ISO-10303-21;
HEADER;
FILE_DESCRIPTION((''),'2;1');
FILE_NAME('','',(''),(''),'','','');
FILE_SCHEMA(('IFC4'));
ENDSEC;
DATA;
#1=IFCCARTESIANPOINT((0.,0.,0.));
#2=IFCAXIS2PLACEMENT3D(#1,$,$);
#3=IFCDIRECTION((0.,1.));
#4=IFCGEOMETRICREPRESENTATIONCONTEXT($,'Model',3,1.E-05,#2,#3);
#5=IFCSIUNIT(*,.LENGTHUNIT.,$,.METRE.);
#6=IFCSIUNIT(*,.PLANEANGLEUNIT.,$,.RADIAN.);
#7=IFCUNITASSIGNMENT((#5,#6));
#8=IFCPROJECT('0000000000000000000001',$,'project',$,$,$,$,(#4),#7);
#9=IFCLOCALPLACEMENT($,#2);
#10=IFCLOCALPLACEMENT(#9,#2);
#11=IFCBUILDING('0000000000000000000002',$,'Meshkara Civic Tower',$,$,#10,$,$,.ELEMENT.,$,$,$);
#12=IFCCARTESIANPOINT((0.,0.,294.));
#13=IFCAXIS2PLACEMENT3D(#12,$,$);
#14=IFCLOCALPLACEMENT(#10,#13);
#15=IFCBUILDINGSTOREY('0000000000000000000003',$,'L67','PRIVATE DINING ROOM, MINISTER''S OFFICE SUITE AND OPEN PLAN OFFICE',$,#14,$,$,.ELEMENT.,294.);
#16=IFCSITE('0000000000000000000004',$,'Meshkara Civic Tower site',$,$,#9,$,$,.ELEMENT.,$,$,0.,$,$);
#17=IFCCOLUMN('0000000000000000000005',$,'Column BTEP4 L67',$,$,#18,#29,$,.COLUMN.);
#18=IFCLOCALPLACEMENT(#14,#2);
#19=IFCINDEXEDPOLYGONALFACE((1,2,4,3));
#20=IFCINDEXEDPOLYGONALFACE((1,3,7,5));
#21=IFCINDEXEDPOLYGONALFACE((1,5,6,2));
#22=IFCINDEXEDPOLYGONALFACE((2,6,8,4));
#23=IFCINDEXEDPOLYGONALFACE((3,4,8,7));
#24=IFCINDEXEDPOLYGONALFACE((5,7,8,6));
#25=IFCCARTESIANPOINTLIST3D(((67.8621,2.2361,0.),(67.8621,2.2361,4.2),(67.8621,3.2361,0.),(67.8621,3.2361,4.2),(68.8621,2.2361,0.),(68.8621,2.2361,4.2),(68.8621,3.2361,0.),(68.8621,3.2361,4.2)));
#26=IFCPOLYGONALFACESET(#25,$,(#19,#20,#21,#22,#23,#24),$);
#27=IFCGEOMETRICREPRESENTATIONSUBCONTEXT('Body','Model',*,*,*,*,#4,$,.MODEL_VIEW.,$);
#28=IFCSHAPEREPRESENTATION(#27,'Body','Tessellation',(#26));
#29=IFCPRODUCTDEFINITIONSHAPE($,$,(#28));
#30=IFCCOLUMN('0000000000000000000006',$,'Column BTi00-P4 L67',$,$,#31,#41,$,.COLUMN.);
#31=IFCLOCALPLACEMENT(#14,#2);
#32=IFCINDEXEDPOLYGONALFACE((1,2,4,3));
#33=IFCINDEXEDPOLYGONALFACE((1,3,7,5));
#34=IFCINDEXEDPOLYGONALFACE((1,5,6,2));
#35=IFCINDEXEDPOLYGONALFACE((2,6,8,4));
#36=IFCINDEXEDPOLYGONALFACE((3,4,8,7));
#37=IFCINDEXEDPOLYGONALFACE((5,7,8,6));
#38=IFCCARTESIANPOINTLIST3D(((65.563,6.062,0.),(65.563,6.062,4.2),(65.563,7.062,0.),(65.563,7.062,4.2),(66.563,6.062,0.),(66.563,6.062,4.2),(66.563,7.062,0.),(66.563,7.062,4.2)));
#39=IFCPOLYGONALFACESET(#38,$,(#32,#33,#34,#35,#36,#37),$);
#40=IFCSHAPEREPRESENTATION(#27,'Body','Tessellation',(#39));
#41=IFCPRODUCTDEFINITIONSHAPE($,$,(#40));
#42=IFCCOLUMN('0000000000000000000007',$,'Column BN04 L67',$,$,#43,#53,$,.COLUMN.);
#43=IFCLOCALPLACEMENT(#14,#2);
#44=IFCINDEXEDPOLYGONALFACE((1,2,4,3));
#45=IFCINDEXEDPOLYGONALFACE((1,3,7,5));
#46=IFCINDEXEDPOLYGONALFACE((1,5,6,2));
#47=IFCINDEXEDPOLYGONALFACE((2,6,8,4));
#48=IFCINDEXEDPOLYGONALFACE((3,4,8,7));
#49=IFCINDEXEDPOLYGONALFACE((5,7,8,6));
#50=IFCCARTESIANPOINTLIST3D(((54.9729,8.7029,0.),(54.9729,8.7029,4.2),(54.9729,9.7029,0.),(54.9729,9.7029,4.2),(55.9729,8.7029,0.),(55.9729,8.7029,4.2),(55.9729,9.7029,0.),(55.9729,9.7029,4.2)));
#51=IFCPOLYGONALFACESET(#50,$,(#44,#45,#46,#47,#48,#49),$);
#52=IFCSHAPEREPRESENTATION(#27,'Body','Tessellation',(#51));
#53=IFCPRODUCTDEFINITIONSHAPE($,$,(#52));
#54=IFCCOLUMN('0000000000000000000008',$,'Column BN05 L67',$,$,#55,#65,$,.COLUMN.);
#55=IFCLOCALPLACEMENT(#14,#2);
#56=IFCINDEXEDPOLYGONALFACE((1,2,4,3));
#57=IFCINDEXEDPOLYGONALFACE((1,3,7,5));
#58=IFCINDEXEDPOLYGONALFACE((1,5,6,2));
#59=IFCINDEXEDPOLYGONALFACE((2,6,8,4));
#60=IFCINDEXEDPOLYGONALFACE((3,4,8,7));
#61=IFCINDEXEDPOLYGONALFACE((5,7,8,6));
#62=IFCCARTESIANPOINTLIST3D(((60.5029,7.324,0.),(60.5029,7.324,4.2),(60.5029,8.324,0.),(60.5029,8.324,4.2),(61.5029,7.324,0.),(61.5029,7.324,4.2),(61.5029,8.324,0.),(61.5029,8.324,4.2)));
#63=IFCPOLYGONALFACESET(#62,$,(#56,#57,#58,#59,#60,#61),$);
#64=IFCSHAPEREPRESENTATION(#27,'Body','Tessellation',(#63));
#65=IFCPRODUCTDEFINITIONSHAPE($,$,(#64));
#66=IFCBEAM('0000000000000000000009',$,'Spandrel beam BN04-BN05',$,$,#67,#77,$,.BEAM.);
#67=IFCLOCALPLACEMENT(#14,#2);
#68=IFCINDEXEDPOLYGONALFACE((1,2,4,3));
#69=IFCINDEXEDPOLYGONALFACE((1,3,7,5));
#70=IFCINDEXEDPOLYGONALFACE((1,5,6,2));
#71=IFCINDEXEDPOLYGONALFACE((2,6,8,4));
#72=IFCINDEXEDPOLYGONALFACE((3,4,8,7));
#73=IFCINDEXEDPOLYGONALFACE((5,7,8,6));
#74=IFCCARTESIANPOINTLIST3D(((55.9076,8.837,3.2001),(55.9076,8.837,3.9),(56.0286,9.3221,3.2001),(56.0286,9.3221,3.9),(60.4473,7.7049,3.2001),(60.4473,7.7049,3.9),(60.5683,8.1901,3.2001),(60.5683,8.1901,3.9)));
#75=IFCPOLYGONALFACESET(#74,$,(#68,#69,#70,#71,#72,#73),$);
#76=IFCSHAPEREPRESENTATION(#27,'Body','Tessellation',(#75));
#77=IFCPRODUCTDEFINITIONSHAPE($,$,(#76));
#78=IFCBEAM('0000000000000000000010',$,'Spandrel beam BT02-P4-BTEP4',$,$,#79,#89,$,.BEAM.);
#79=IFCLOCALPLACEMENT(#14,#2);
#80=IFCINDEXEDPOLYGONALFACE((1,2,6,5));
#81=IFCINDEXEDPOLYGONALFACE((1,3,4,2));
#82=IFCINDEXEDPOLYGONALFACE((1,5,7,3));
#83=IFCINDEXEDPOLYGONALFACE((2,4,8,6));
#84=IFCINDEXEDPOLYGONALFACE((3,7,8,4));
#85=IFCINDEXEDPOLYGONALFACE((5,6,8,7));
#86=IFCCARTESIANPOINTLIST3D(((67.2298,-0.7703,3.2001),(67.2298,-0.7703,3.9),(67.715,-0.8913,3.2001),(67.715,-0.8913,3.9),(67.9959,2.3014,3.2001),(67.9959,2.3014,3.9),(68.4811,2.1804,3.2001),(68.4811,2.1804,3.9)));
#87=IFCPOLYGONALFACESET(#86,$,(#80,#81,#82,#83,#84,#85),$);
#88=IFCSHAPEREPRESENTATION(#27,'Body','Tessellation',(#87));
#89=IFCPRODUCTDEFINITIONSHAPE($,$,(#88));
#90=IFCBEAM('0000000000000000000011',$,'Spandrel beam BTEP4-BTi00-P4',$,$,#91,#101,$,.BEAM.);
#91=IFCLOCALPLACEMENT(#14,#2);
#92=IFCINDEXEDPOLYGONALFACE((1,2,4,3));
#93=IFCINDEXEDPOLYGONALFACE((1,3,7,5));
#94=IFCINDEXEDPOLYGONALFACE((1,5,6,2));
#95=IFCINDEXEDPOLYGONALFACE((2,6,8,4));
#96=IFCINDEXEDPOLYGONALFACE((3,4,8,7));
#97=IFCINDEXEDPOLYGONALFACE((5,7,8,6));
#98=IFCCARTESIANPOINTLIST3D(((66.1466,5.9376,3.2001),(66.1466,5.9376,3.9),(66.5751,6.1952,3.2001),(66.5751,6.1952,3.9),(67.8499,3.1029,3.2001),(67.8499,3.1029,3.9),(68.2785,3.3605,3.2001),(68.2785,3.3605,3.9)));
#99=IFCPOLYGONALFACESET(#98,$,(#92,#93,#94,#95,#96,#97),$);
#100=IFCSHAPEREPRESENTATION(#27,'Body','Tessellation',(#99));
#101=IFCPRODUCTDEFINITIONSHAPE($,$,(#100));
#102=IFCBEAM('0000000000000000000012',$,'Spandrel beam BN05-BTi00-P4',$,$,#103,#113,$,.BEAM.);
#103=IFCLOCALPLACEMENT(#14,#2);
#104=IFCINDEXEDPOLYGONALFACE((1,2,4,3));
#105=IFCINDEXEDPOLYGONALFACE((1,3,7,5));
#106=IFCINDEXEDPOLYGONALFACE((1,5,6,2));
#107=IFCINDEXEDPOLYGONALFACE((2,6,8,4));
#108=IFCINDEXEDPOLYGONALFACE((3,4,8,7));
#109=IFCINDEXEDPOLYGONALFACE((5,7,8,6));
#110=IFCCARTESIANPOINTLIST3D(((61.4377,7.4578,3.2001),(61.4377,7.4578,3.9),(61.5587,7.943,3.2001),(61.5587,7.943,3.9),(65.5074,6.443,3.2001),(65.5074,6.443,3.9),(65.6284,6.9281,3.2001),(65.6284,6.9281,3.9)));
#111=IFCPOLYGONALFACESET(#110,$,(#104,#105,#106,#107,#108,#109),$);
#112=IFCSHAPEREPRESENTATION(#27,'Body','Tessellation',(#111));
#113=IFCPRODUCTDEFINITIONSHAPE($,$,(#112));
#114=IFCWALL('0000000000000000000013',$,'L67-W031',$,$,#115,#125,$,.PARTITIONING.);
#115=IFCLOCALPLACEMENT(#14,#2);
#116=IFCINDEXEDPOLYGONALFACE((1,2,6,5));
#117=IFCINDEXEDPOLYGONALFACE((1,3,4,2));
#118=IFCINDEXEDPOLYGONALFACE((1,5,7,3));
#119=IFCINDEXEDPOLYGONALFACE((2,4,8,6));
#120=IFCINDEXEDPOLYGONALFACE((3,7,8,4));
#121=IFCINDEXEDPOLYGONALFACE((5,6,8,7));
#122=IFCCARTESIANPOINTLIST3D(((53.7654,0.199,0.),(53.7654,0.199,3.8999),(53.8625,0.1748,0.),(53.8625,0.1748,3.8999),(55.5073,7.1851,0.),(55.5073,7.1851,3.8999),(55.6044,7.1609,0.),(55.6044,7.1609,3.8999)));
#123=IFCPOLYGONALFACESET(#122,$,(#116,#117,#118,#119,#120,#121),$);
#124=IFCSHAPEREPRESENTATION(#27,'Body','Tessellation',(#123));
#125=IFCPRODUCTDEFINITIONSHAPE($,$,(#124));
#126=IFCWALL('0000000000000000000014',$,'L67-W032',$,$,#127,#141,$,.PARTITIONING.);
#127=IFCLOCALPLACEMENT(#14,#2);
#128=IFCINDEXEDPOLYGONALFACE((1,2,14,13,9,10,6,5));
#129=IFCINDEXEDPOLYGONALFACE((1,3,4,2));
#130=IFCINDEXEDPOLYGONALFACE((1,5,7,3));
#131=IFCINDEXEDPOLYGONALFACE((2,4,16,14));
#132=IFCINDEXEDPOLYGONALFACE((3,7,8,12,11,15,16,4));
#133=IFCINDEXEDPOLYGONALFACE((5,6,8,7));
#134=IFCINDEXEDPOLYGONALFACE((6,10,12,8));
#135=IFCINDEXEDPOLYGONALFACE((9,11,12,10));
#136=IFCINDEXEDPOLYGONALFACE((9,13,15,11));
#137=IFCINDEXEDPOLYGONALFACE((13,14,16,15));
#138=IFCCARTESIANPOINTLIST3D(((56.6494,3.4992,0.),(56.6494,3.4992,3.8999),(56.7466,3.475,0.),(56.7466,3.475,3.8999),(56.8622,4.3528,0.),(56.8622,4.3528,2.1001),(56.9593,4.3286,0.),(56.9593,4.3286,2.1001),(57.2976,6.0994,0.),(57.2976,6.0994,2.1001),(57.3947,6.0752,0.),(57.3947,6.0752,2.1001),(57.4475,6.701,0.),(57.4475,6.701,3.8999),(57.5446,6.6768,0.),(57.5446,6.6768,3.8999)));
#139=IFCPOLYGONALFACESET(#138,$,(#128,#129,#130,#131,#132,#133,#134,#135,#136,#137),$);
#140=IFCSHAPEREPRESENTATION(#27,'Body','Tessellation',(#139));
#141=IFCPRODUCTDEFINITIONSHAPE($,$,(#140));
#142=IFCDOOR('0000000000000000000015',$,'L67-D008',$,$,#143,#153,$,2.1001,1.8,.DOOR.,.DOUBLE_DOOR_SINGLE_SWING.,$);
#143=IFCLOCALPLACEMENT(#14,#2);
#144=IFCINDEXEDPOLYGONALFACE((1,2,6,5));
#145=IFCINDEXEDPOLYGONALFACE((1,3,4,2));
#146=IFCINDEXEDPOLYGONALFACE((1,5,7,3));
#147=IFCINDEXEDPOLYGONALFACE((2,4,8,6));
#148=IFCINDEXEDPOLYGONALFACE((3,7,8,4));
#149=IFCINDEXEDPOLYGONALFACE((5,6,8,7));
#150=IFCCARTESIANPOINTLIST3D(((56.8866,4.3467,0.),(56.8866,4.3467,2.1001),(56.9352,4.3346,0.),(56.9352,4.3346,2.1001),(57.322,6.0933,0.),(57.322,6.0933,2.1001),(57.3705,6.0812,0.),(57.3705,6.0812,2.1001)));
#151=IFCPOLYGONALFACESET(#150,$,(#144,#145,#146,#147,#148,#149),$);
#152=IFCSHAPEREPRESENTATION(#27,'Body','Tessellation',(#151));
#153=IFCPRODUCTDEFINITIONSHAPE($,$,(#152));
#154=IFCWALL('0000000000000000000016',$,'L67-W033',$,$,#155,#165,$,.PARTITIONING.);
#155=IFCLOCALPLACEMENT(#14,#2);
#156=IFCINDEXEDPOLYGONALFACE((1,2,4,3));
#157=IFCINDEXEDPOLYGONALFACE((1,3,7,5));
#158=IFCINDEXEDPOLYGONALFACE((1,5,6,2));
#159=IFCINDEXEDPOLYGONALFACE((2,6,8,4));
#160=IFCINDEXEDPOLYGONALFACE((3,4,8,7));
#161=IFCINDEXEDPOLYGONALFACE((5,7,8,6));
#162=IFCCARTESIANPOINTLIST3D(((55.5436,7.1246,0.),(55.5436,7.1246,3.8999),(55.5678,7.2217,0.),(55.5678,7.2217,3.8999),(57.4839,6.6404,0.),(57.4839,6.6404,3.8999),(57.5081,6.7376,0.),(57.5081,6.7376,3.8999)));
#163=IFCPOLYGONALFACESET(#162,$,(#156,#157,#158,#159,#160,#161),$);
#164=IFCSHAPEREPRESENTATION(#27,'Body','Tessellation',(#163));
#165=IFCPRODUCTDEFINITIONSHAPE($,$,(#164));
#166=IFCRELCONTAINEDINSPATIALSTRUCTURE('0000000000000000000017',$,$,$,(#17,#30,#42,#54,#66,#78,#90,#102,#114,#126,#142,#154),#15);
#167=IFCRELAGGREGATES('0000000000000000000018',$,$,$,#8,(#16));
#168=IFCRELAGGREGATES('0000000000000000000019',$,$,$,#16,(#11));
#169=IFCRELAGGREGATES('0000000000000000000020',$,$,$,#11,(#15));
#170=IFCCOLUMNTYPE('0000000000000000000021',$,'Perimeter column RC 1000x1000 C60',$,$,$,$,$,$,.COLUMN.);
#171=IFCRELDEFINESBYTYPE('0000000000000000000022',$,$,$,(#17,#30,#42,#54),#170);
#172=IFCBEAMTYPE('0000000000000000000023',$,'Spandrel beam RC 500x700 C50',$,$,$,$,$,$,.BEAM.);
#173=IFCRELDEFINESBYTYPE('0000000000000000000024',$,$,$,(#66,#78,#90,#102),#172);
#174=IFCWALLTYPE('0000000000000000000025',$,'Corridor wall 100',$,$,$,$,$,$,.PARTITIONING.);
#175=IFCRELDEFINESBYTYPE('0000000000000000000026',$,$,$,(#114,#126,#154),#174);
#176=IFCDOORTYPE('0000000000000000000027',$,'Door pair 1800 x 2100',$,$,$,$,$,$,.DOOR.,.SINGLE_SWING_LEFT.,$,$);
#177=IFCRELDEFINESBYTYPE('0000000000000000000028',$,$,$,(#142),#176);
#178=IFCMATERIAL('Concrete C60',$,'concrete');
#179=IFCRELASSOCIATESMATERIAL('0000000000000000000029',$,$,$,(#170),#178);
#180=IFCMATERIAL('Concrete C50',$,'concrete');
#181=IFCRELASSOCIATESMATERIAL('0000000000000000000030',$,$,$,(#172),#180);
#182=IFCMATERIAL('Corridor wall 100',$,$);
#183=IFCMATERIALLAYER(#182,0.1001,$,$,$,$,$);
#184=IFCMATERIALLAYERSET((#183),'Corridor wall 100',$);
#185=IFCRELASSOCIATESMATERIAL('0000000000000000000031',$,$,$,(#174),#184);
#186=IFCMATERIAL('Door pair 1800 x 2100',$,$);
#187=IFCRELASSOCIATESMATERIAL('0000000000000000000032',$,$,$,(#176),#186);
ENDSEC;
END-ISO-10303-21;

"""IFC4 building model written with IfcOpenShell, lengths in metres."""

from ifc_helpers import new_model, si_unit, direction, frame, frame_2d, origin, origin_2d, place, context, subcontext, project, spatial, rectangle, extrude, material, layer, layer_set, material_profile, profile_set, type_object, element, fill, save


model = new_model("IFC4")

# Units and contexts
model_context = context("Model", 3, precision=1e-05, world=origin(), true_north=direction((0.0, 1.0)))
body_context = subcontext(model_context, "Body", "Model", "MODEL_VIEW")
ifc_project = project(units=[si_unit("LENGTHUNIT", "METRE"), si_unit("PLANEANGLEUNIT", "RADIAN")], contexts=[model_context])

# Site, building, storey
site_placement = place(None, origin())
site = spatial("IfcSite", under=ifc_project, at=site_placement, Name="Meshkara Civic Tower site", CompositionType="ELEMENT", RefElevation=0.0)
building_placement = place(site_placement, origin())
building = spatial("IfcBuilding", under=site, at=building_placement, Name="Meshkara Civic Tower", CompositionType="ELEMENT")
storey_placement = place(building_placement, frame((0.0, 0.0, 294.0)))
storey = spatial("IfcBuildingStorey", under=building, at=storey_placement, Name="L67", Description="PRIVATE DINING ROOM, MINISTER'S OFFICE SUITE AND OPEN PLAN OFFICE", CompositionType="ELEMENT", Elevation=294.0)

# Columns
ifc_material_1 = material(Name="Concrete C60", Category="concrete")
ifc_material_profile_1 = material_profile(ifc_material_1, rectangle(XDim=1.0, YDim=1.0, at=origin_2d()))
ifc_profile_set_1 = profile_set([ifc_material_profile_1], Name="Concrete C60")
column_type = type_object("IfcColumnType", Name="Perimeter column RC 1000x1000 C60", PredefinedType="COLUMN", material=ifc_profile_set_1)
for number, where, z_axis, x_axis, name in (
    (1, (68.3621, 2.7361, 0.0), (0.0, 0.0, 1.0), (1.0, 0.0, 0.0), "Column BTEP4 L67"),
    (2, (66.063, 6.562, 0.0), (0.0, 0.0, 1.0), (1.0, 0.0, 0.0), "Column BTi00-P4 L67"),
    (3, (55.4729, 9.2029, 0.0), (0.0, 0.0, 1.0), (1.0, 0.0, 0.0), "Column BN04 L67"),
    (4, (61.0029, 7.824, 0.0), (0.0, 0.0, 1.0), (1.0, 0.0, 0.0), "Column BN05 L67"),
):
    element("IfcColumn", number, at=place(storey_placement, frame(where, z_axis=z_axis, x_axis=x_axis)), inside=storey, type_object=column_type, Name=name, PredefinedType="COLUMN", context=body_context, shape_type="SweptSolid", body=[
        extrude(rectangle(XDim=1.0, YDim=1.0, at=origin_2d()), origin(), (0.0, 0.0, 1.0), 4.2),
    ])

# Beams
ifc_material_2 = material(Name="Concrete C50", Category="concrete")
ifc_material_profile_2 = material_profile(ifc_material_2, rectangle(XDim=0.5, YDim=0.7, at=origin_2d()))
ifc_profile_set_2 = profile_set([ifc_material_profile_2], Name="Concrete C50")
beam_type = type_object("IfcBeamType", Name="Spandrel beam RC 500x700 C50", PredefinedType="BEAM", material=ifc_profile_set_2)
beam_1_placement = place(storey_placement, frame((60.5078, 7.9475, 3.55), z_axis=(-0.970287, 0.241959, 0.0), x_axis=(-0.241959, -0.970287, 0.0)))
element("IfcBeam", 5, at=beam_1_placement, inside=storey, type_object=beam_type, Name="Spandrel beam BN04-BN05", PredefinedType="BEAM", context=body_context, shape_type="SweptSolid", body=[
    extrude(rectangle(XDim=0.5, YDim=0.7, at=origin_2d()), origin(), (0.0, 0.0, 1.0), 4.6787),
])
beam_2_placement = place(storey_placement, frame((67.4724, -0.8308, 3.55), z_axis=(0.241991, 0.970278, 0.0), x_axis=(-0.970278, 0.241991, 0.0)))
element("IfcBeam", 6, at=beam_2_placement, inside=storey, type_object=beam_type, Name="Spandrel beam BT02-P4-BTEP4", PredefinedType="BEAM", context=body_context, shape_type="SweptSolid", body=[
    extrude(rectangle(XDim=0.5, YDim=0.7, at=origin_2d()), origin(), (0.0, 0.0, 1.0), 3.1658),
])
beam_3_placement = place(storey_placement, frame((68.0642, 3.2317, 3.55), z_axis=(-0.51506, 0.857154, 0.0), x_axis=(-0.857154, -0.51506, 0.0)))
element("IfcBeam", 7, at=beam_3_placement, inside=storey, type_object=beam_type, Name="Spandrel beam BTEP4-BTi00-P4", PredefinedType="BEAM", context=body_context, shape_type="SweptSolid", body=[
    extrude(rectangle(XDim=0.5, YDim=0.7, at=origin_2d()), origin(), (0.0, 0.0, 1.0), 3.3071),
])
beam_4_placement = place(storey_placement, frame((65.5679, 6.6855, 3.55), z_axis=(-0.970286, 0.24196, 0.0), x_axis=(-0.24196, -0.970286, 0.0)))
element("IfcBeam", 8, at=beam_4_placement, inside=storey, type_object=beam_type, Name="Spandrel beam BN05-BTi00-P4", PredefinedType="BEAM", context=body_context, shape_type="SweptSolid", body=[
    extrude(rectangle(XDim=0.5, YDim=0.7, at=origin_2d()), origin(), (0.0, 0.0, 1.0), 4.1943),
])

# Wall
ifc_material_3 = material(Name="Corridor wall 100")
ifc_layer_1 = layer(ifc_material_3, 0.1001)
ifc_layer_set_1 = layer_set([ifc_layer_1], Name="Corridor wall 100")
wall_type_1 = type_object("IfcWallType", Name="Corridor wall 100", PredefinedType="PARTITIONING", material=ifc_layer_set_1)
wall_1_placement = place(storey_placement, frame((55.5559, 7.1731, 0.0), z_axis=(0.0, 0.0, 1.0), x_axis=(-0.241937, -0.970292, 0.0)))
element("IfcWall", 9, at=wall_1_placement, inside=storey, type_object=wall_type_1, Name="L67-W031", PredefinedType="PARTITIONING", context=body_context, shape_type="SweptSolid", body=[
    extrude(rectangle(XDim=7.2, YDim=0.1001, at=frame_2d((3.6001, 0.0))), origin(), (0.0, 0.0, 1.0), 3.8999),
])

# Wall, opening, door
wall_2_placement = place(storey_placement, frame((56.698, 3.4871, 0.0), z_axis=(0.0, 0.0, 1.0), x_axis=(0.241857, 0.970312, 0.0)))
wall_2 = element("IfcWall", 10, at=wall_2_placement, inside=storey, type_object=wall_type_1, Name="L67-W032", PredefinedType="PARTITIONING", context=body_context, shape_type="SweptSolid", body=[
    extrude(rectangle(XDim=3.2998, YDim=0.1001, at=frame_2d((1.6499, 0.0))), origin(), (0.0, 0.0, 1.0), 3.8999),
])
opening_1_placement = place(wall_2_placement, frame((0.8799, 0.0, 0.0)))
opening_1 = element("IfcOpeningElement", 11, at=opening_1_placement, cuts=wall_2, PredefinedType="OPENING", context=body_context, shape_type="SweptSolid", body=[
    extrude(rectangle(XDim=1.8, YDim=2.1001, at=frame_2d((0.8999, 1.05))), frame((0.0, 0.0601, 0.0), z_axis=(0.0, -1.0, 0.0), x_axis=(1.0, 0.0, 0.0)), (0.0, 0.0, 1.0), 0.1201),
])
ifc_material_4 = material(Name="Door pair 1800 x 2100")
door_type = type_object("IfcDoorType", Name="Door pair 1800 x 2100", OperationType="SINGLE_SWING_LEFT", PredefinedType="DOOR", material=ifc_material_4)
door_placement = place(opening_1_placement, origin())
door = element("IfcDoor", 12, at=door_placement, inside=storey, type_object=door_type, Name="L67-D008", OperationType="DOUBLE_DOOR_SINGLE_SWING", OverallHeight=2.1001, OverallWidth=1.8, PredefinedType="DOOR", context=body_context, shape_type="SweptSolid", body=[
    extrude(rectangle(XDim=1.8, YDim=2.1001, at=frame_2d((0.8999, 1.05))), frame((0.0, 0.0249, 0.0), z_axis=(0.0, -1.0, 0.0), x_axis=(1.0, 0.0, 0.0)), (0.0, 0.0, 1.0), 0.05),
])
fill(opening_1, door)

# Wall
wall_3_placement = place(storey_placement, frame((57.4961, 6.689, 0.0), z_axis=(0.0, 0.0, 1.0), x_axis=(-0.97025, 0.242105, 0.0)))
element("IfcWall", 13, at=wall_3_placement, inside=storey, type_object=wall_type_1, Name="L67-W033", PredefinedType="PARTITIONING", context=body_context, shape_type="SweptSolid", body=[
    extrude(rectangle(XDim=1.9998, YDim=0.1001, at=frame_2d((1.0, 0.0))), origin(), (0.0, 0.0, 1.0), 3.8999),
])

save(model, "model.ifc")
